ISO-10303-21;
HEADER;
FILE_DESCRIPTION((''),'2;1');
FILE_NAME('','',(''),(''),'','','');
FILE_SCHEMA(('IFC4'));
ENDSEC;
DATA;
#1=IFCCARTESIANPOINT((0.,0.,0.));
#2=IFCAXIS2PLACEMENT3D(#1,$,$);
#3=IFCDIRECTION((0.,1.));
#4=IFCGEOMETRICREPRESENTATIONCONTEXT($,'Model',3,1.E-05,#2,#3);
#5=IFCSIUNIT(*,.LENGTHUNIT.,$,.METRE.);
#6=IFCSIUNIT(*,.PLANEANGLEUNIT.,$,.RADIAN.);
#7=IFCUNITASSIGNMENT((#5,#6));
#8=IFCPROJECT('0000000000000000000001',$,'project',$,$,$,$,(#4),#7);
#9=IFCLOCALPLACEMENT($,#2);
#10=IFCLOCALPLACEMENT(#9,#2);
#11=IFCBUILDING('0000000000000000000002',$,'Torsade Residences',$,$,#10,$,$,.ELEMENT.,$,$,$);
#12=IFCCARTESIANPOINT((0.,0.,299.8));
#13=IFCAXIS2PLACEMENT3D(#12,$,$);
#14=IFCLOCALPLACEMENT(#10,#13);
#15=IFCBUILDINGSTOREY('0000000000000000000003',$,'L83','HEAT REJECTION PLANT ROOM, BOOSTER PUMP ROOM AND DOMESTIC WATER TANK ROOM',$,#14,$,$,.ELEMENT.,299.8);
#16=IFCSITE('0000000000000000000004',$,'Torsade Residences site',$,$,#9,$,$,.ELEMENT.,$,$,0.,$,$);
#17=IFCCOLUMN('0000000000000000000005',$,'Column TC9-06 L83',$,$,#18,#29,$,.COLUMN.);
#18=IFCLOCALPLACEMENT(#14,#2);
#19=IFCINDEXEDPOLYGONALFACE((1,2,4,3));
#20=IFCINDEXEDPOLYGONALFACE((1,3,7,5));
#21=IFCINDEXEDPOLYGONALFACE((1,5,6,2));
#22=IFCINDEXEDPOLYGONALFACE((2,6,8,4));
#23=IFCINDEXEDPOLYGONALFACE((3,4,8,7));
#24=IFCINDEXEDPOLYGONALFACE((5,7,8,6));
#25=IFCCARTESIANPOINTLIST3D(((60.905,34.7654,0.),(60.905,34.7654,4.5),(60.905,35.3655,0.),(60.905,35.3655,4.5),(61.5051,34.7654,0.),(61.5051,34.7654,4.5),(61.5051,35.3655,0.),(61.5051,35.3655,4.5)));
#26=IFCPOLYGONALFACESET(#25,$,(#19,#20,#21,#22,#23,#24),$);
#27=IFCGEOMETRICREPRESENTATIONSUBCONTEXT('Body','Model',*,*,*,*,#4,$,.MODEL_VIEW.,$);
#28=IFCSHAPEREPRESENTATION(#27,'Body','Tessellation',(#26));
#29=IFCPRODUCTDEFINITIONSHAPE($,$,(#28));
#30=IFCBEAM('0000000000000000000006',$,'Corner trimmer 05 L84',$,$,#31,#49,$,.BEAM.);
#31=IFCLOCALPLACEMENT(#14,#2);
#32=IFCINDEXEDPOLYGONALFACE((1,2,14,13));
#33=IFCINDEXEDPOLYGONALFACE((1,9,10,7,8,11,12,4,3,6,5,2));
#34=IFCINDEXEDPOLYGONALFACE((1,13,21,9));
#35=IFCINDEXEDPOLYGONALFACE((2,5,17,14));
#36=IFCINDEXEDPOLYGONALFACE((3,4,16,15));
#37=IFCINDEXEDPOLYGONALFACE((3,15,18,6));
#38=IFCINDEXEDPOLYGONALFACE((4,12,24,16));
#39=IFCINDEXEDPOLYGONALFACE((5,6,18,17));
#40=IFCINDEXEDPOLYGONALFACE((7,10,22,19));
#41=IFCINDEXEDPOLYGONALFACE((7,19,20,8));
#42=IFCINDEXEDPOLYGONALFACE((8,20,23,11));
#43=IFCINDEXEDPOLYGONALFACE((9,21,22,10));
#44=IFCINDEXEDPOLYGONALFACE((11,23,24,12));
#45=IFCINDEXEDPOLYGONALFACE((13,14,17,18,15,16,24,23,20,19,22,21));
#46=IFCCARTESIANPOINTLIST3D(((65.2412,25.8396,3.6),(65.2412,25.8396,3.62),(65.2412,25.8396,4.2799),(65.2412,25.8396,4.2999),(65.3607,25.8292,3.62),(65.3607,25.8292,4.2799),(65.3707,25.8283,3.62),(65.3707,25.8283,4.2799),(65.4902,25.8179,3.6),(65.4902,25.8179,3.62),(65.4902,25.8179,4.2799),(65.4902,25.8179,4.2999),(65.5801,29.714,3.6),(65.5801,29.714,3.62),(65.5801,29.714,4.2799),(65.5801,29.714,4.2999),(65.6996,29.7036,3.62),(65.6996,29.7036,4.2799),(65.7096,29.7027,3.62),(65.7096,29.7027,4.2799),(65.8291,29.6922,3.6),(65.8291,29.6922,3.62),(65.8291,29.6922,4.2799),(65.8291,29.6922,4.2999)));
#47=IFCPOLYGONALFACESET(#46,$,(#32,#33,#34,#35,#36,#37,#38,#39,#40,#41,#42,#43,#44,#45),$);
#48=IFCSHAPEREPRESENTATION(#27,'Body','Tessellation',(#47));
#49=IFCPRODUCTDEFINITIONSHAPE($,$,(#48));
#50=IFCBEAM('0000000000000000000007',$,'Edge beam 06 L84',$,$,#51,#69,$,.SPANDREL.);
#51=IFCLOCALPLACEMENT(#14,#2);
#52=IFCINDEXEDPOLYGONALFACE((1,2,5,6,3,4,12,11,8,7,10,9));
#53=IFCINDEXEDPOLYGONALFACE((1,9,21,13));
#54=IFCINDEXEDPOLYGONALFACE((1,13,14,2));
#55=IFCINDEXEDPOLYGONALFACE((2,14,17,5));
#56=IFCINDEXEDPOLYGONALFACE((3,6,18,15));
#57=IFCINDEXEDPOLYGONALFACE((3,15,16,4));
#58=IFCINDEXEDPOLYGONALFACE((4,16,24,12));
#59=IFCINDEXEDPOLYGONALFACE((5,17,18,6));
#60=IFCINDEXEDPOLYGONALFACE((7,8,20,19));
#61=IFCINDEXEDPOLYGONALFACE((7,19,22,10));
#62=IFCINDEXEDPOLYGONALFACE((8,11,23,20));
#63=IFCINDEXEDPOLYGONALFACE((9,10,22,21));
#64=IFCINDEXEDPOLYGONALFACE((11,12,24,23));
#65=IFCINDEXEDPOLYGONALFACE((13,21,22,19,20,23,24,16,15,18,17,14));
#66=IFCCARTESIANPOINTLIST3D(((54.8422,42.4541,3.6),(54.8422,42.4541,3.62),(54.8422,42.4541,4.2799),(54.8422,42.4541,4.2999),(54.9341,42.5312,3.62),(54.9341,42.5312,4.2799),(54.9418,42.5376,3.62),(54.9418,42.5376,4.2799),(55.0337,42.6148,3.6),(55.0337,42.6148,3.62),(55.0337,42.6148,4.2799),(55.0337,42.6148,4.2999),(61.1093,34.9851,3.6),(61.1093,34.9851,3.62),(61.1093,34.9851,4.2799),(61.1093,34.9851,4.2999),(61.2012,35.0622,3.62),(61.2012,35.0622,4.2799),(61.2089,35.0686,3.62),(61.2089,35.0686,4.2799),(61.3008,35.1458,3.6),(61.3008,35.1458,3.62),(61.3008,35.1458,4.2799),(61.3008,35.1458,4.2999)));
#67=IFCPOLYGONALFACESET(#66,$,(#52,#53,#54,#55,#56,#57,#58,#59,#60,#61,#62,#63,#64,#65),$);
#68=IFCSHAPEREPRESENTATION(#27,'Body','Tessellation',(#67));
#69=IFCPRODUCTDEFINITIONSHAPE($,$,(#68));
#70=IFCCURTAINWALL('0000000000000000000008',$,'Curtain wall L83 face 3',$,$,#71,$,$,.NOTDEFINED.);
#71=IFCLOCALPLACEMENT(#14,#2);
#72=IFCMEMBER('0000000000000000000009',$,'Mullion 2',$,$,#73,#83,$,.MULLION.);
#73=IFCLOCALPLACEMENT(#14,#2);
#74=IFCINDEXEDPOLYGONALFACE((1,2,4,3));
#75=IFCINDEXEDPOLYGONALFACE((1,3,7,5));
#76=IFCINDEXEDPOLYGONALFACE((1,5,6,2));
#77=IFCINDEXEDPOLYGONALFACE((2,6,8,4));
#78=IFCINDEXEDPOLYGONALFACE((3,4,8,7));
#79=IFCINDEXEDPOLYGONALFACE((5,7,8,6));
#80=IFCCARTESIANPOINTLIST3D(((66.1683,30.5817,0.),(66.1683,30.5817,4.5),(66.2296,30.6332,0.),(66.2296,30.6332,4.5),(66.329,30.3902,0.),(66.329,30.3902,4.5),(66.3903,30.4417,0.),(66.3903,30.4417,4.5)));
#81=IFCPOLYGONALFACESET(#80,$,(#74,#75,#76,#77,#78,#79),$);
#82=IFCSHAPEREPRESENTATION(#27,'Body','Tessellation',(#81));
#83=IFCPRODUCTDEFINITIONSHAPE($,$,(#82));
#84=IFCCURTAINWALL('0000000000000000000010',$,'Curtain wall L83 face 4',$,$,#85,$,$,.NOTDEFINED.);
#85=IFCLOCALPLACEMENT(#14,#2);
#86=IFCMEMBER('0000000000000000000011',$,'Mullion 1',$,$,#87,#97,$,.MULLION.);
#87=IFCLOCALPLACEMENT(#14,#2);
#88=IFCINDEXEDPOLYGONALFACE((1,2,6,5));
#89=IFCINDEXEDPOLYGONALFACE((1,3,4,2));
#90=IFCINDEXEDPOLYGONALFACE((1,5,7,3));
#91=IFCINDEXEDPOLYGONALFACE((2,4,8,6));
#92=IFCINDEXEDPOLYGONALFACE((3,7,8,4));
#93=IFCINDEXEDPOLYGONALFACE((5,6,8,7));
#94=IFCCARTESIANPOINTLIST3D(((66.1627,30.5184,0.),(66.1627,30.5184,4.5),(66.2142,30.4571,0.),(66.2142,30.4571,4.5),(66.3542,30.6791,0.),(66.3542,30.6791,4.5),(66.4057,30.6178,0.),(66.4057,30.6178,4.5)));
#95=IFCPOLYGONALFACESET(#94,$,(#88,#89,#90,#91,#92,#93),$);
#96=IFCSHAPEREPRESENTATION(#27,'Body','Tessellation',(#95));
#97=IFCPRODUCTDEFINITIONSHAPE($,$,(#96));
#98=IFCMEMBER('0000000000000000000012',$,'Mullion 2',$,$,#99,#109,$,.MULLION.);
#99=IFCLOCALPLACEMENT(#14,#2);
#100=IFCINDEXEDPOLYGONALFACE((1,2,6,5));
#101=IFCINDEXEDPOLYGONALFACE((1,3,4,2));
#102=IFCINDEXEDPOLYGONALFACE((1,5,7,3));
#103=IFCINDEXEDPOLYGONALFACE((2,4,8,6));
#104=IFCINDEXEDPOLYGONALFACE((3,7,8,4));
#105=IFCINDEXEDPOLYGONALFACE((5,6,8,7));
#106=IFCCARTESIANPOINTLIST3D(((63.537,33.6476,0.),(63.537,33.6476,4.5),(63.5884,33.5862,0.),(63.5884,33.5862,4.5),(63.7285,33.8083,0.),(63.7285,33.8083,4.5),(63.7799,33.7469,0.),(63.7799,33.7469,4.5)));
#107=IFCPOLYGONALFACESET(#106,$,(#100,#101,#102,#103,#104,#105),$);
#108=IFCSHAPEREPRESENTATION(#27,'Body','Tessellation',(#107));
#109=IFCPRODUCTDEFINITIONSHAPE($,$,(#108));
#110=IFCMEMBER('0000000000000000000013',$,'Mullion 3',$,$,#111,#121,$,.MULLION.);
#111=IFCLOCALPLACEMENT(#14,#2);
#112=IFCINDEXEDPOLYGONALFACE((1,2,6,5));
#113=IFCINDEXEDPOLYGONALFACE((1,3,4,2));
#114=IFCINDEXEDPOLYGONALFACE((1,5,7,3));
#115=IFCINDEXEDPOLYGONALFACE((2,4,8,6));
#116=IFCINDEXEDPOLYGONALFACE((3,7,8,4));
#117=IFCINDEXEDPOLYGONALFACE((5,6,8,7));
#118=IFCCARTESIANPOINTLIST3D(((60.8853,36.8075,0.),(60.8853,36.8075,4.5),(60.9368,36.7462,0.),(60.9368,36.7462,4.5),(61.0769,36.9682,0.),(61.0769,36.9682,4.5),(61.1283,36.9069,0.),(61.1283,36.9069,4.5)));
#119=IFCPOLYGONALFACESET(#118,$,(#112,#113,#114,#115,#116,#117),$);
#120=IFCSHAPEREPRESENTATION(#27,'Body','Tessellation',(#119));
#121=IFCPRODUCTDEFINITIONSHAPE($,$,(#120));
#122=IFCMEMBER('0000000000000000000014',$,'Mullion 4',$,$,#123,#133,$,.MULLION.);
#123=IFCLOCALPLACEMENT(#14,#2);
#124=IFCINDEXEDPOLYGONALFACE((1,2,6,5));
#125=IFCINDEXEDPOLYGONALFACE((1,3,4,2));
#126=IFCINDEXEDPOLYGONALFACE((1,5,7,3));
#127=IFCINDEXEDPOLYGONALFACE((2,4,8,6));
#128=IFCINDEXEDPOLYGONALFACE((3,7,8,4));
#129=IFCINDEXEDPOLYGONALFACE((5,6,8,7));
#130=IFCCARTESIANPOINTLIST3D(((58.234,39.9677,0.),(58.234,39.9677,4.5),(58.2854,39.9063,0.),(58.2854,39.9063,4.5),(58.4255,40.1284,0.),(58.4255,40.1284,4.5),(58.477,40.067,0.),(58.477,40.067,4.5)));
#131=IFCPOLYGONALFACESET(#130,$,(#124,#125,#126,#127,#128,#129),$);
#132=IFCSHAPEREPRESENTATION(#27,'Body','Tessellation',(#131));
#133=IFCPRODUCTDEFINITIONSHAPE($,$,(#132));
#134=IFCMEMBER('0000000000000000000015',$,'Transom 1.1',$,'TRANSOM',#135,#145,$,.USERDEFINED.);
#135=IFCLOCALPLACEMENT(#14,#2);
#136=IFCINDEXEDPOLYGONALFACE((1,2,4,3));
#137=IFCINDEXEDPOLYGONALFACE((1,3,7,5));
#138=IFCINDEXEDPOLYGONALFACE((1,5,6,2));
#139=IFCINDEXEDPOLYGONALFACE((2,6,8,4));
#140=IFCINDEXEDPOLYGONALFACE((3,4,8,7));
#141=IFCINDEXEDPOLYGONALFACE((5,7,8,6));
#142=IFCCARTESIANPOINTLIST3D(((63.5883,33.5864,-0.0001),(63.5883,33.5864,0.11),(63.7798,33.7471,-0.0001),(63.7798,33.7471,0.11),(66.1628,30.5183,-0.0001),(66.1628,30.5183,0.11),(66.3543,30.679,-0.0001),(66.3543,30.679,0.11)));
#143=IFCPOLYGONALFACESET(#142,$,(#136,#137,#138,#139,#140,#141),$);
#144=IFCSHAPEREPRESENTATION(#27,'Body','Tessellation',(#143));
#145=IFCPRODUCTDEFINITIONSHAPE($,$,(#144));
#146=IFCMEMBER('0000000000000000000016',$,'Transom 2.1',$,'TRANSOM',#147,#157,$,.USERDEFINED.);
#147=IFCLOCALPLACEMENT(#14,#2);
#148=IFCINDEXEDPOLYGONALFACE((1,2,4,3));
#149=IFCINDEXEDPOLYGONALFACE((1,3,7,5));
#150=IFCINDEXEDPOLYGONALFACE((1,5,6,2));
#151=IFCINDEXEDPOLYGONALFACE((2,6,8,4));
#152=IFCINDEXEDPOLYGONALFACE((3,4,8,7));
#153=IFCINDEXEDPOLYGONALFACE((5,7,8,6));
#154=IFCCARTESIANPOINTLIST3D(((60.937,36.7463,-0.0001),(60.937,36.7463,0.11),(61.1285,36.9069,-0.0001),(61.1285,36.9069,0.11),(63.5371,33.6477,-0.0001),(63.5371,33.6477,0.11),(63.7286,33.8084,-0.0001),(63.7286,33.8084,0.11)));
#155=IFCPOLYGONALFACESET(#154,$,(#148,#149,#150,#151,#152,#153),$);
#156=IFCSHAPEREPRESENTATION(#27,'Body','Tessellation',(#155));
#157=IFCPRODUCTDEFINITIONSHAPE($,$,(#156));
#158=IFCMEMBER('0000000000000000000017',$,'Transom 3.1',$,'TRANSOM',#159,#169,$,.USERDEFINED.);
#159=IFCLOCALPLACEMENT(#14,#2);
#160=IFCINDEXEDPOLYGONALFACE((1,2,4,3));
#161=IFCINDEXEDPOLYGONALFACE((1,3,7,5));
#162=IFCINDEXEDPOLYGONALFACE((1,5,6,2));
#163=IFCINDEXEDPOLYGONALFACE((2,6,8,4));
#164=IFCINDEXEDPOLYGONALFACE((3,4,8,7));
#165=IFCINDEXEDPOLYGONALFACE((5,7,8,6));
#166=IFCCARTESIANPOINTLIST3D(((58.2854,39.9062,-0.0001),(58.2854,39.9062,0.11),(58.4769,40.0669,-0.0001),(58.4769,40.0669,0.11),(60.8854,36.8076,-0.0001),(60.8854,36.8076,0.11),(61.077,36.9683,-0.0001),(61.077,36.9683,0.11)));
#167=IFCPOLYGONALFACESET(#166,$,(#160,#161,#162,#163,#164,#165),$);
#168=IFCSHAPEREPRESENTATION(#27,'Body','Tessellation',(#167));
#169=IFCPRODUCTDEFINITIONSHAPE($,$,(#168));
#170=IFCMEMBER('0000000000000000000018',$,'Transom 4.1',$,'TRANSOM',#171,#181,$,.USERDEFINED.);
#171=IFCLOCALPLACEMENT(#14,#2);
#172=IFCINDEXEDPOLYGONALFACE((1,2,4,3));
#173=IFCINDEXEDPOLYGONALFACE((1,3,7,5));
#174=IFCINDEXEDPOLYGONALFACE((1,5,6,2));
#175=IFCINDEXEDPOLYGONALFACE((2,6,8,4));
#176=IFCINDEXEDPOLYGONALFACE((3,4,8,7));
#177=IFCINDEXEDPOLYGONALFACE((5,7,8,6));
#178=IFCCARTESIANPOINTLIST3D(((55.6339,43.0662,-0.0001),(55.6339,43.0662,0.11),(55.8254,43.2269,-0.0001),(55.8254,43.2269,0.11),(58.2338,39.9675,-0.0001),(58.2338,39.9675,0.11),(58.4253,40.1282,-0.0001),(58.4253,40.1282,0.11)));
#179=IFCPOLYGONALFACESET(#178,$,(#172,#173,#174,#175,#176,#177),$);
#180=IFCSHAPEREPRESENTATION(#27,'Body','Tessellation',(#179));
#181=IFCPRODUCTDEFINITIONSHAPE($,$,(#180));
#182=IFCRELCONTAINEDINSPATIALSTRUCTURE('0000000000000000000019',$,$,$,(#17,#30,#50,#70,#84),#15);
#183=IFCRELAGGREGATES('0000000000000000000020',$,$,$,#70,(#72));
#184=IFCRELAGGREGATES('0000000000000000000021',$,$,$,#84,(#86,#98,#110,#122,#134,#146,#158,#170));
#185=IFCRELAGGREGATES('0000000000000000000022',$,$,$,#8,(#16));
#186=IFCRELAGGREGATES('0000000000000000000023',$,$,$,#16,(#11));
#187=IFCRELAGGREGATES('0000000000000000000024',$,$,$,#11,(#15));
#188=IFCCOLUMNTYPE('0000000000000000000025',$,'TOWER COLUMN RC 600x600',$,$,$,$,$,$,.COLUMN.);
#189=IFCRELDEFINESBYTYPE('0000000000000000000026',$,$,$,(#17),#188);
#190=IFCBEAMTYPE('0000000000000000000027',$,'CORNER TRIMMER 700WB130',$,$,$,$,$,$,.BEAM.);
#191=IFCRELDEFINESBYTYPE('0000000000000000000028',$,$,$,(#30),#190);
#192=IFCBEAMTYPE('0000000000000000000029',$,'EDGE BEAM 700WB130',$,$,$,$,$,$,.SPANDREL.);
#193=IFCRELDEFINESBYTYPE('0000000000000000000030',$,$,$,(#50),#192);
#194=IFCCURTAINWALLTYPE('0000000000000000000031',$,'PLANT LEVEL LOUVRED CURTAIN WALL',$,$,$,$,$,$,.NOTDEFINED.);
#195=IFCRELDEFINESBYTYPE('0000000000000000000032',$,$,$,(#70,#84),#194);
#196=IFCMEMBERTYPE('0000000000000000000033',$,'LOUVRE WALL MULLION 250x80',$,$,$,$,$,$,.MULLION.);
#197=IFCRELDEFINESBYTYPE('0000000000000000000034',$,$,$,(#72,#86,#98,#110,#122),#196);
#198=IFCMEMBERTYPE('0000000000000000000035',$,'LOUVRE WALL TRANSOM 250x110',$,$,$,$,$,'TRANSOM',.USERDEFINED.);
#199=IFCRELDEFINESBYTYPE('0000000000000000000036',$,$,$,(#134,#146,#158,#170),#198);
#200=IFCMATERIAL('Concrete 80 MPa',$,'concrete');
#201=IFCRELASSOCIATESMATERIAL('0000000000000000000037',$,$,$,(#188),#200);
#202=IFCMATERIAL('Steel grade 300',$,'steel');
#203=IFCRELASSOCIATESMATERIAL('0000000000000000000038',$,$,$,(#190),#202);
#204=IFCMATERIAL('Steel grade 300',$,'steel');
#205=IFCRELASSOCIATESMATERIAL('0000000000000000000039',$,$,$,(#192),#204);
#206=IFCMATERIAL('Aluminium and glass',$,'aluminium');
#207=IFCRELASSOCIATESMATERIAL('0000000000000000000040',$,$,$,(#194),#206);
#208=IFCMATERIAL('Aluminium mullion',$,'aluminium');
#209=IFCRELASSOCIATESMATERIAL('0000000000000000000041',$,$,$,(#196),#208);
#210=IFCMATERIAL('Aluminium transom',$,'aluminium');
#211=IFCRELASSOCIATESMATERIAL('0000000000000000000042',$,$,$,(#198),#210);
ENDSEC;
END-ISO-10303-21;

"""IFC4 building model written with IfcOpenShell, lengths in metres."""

from ifc_helpers import new_model, si_unit, direction, frame, origin, origin_2d, place, context, subcontext, project, spatial, rectangle, i_section, extrude, material, material_profile, profile_set, type_object, element, aggregate, save


model = new_model("IFC4")

# Units and contexts
model_context = context("Model", 3, precision=1e-05, world=origin(), true_north=direction((0.0, 1.0)))
body_context = subcontext(model_context, "Body", "Model", "MODEL_VIEW")
ifc_project = project(units=[si_unit("LENGTHUNIT", "METRE"), si_unit("PLANEANGLEUNIT", "RADIAN")], contexts=[model_context])

# Site, building, storey
site_placement = place(None, origin())
site = spatial("IfcSite", under=ifc_project, at=site_placement, Name="Torsade Residences site", CompositionType="ELEMENT", RefElevation=0.0)
building_placement = place(site_placement, origin())
building = spatial("IfcBuilding", under=site, at=building_placement, Name="Torsade Residences", CompositionType="ELEMENT")
storey_placement = place(building_placement, frame((0.0, 0.0, 299.8)))
storey = spatial("IfcBuildingStorey", under=building, at=storey_placement, Name="L83", Description="HEAT REJECTION PLANT ROOM, BOOSTER PUMP ROOM AND DOMESTIC WATER TANK ROOM", CompositionType="ELEMENT", Elevation=299.8)

# Column
ifc_material_1 = material(Name="Concrete 80 MPa", Category="concrete")
ifc_material_profile_1 = material_profile(ifc_material_1, rectangle(XDim=0.6001, YDim=0.6001, at=origin_2d()), Name="RC 600x600")
ifc_profile_set_1 = profile_set([ifc_material_profile_1], Name="Concrete 80 MPa")
column_type = type_object("IfcColumnType", Name="TOWER COLUMN RC 600x600", PredefinedType="COLUMN", material=ifc_profile_set_1)
column_placement = place(storey_placement, frame((61.2051, 35.0654, 0.0), z_axis=(0.0, 0.0, 1.0), x_axis=(1.0, 0.0, 0.0)))
element("IfcColumn", 1, at=column_placement, inside=storey, type_object=column_type, Name="Column TC9-06 L83", PredefinedType="COLUMN", context=body_context, shape_type="SweptSolid", body=[
    extrude(rectangle(XDim=0.6001, YDim=0.6001, at=origin_2d()), origin(), (0.0, 0.0, 1.0), 4.5),
])

# Beams
ifc_material_2 = material(Name="Steel grade 300", Category="steel")
ifc_material_profile_2 = material_profile(ifc_material_2, i_section(OverallWidth=0.25, OverallDepth=0.7, WebThickness=0.01, FlangeThickness=0.02, at=origin_2d()), Name="700WB130")
ifc_profile_set_2 = profile_set([ifc_material_profile_2], Name="Steel grade 300")
beam_type_1 = type_object("IfcBeamType", Name="CORNER TRIMMER 700WB130", PredefinedType="BEAM", material=ifc_profile_set_2)
beam_1_placement = place(storey_placement, frame((65.7046, 29.7031, 3.95), z_axis=(-0.087133, -0.996197, 0.0), x_axis=(0.996197, -0.087133, 0.0)))
element("IfcBeam", 2, at=beam_1_placement, inside=storey, type_object=beam_type_1, Name="Corner trimmer 05 L84", PredefinedType="BEAM", context=body_context, shape_type="SweptSolid", body=[
    extrude(i_section(OverallWidth=0.25, OverallDepth=0.7, WebThickness=0.01, FlangeThickness=0.02, at=origin_2d()), origin(), (0.0, 0.0, 1.0), 3.8892),
])
ifc_material_3 = material(Name="Steel grade 300", Category="steel")
ifc_material_profile_3 = material_profile(ifc_material_3, i_section(OverallWidth=0.25, OverallDepth=0.7, WebThickness=0.01, FlangeThickness=0.02, at=origin_2d()), Name="700WB130")
ifc_profile_set_3 = profile_set([ifc_material_profile_3], Name="Steel grade 300")
beam_type_2 = type_object("IfcBeamType", Name="EDGE BEAM 700WB130", PredefinedType="SPANDREL", material=ifc_profile_set_3)
beam_2_placement = place(storey_placement, frame((61.2051, 35.0654, 3.95), z_axis=(-0.642779, 0.766052, 0.0), x_axis=(-0.766052, -0.642779, 0.0)))
element("IfcBeam", 3, at=beam_2_placement, inside=storey, type_object=beam_type_2, Name="Edge beam 06 L84", PredefinedType="SPANDREL", context=body_context, shape_type="SweptSolid", body=[
    extrude(i_section(OverallWidth=0.25, OverallDepth=0.7, WebThickness=0.01, FlangeThickness=0.02, at=origin_2d()), origin(), (0.0, 0.0, 1.0), 9.75),
])

# Curtain wall, member
ifc_material_4 = material(Name="Aluminium and glass", Category="aluminium")
curtain_wall_type = type_object("IfcCurtainWallType", Name="PLANT LEVEL LOUVRED CURTAIN WALL", PredefinedType="NOTDEFINED", material=ifc_material_4)
curtain_wall_1_placement = place(storey_placement, origin())
curtain_wall_1 = element("IfcCurtainWall", 4, at=curtain_wall_1_placement, inside=storey, type_object=curtain_wall_type, Name="Curtain wall L83 face 3", PredefinedType="NOTDEFINED")
ifc_material_5 = material(Name="Aluminium mullion", Category="aluminium")
ifc_material_profile_4 = material_profile(ifc_material_5, rectangle(XDim=0.25, YDim=0.0801, at=origin_2d()), Name="LOUVRE WALL MULLION 250x80")
ifc_profile_set_4 = profile_set([ifc_material_profile_4], Name="Aluminium mullion")
member_type_1 = type_object("IfcMemberType", Name="LOUVRE WALL MULLION 250x80", PredefinedType="MULLION", material=ifc_profile_set_4)
member_1_placement = place(storey_placement, frame((66.2793, 30.5117, 0.0), z_axis=(0.0, 0.0, 1.0), x_axis=(-0.642788, 0.766044, 0.0)))
member_1 = element("IfcMember", 5, at=member_1_placement, type_object=member_type_1, Name="Mullion 2", PredefinedType="MULLION", context=body_context, shape_type="SweptSolid", body=[
    extrude(rectangle(XDim=0.25, YDim=0.0801, at=origin_2d()), origin(), (0.0, 0.0, 1.0), 4.5),
])

# Curtain wall, members
curtain_wall_2_placement = place(storey_placement, origin())
curtain_wall_2 = element("IfcCurtainWall", 6, at=curtain_wall_2_placement, inside=storey, type_object=curtain_wall_type, Name="Curtain wall L83 face 4", PredefinedType="NOTDEFINED")
member_2_placement = place(storey_placement, frame((66.2842, 30.5681, 0.0), z_axis=(0.0, 0.0, 1.0), x_axis=(-0.766044, -0.642788, 0.0)))
member_2 = element("IfcMember", 7, at=member_2_placement, type_object=member_type_1, Name="Mullion 1", PredefinedType="MULLION", context=body_context, shape_type="SweptSolid", body=[
    extrude(rectangle(XDim=0.25, YDim=0.0801, at=origin_2d()), origin(), (0.0, 0.0, 1.0), 4.5),
])
member_3_placement = place(storey_placement, frame((63.6584, 33.6973, 0.0), z_axis=(0.0, 0.0, 1.0), x_axis=(-0.766044, -0.642788, 0.0)))
member_3 = element("IfcMember", 8, at=member_3_placement, type_object=member_type_1, Name="Mullion 2", PredefinedType="MULLION", context=body_context, shape_type="SweptSolid", body=[
    extrude(rectangle(XDim=0.25, YDim=0.0801, at=origin_2d()), origin(), (0.0, 0.0, 1.0), 4.5),
])
member_4_placement = place(storey_placement, frame((61.0068, 36.8572, 0.0), z_axis=(0.0, 0.0, 1.0), x_axis=(-0.766044, -0.642788, 0.0)))
member_4 = element("IfcMember", 9, at=member_4_placement, type_object=member_type_1, Name="Mullion 3", PredefinedType="MULLION", context=body_context, shape_type="SweptSolid", body=[
    extrude(rectangle(XDim=0.25, YDim=0.0801, at=origin_2d()), origin(), (0.0, 0.0, 1.0), 4.5),
])
member_5_placement = place(storey_placement, frame((58.3555, 40.0173, 0.0), z_axis=(0.0, 0.0, 1.0), x_axis=(-0.766044, -0.642788, 0.0)))
member_5 = element("IfcMember", 10, at=member_5_placement, type_object=member_type_1, Name="Mullion 4", PredefinedType="MULLION", context=body_context, shape_type="SweptSolid", body=[
    extrude(rectangle(XDim=0.25, YDim=0.0801, at=origin_2d()), origin(), (0.0, 0.0, 1.0), 4.5),
])
ifc_material_6 = material(Name="Aluminium transom", Category="aluminium")
ifc_material_profile_5 = material_profile(ifc_material_6, rectangle(XDim=0.25, YDim=0.1101, at=origin_2d()), Name="LOUVRE WALL TRANSOM 250x110")
ifc_profile_set_5 = profile_set([ifc_material_profile_5], Name="Aluminium transom")
member_type_2 = type_object("IfcMemberType", Name="LOUVRE WALL TRANSOM 250x110", ElementType="TRANSOM", PredefinedType="USERDEFINED", material=ifc_profile_set_5)
member_6_placement = place(storey_placement, frame((66.2585, 30.5986, 0.0549), z_axis=(-0.642789, 0.766043, 0.0), x_axis=(-0.766043, -0.642789, 0.0)))
member_6 = element("IfcMember", 11, at=member_6_placement, type_object=member_type_2, Name="Transom 1.1", ObjectType="TRANSOM", PredefinedType="USERDEFINED", context=body_context, shape_type="SweptSolid", body=[
    extrude(rectangle(XDim=0.25, YDim=0.1101, at=origin_2d()), origin(), (0.0, 0.0, 1.0), 4.0051),
])
member_7_placement = place(storey_placement, frame((63.6328, 33.728, 0.0549), z_axis=(-0.642793, 0.76604, 0.0), x_axis=(-0.76604, -0.642793, 0.0)))
member_7 = element("IfcMember", 12, at=member_7_placement, type_object=member_type_2, Name="Transom 2.1", ObjectType="TRANSOM", PredefinedType="USERDEFINED", context=body_context, shape_type="SweptSolid", body=[
    extrude(rectangle(XDim=0.25, YDim=0.1101, at=origin_2d()), origin(), (0.0, 0.0, 1.0), 4.0449),
])
member_8_placement = place(storey_placement, frame((60.9812, 36.8879, 0.0549), z_axis=(-0.642793, 0.76604, 0.0), x_axis=(-0.76604, -0.642793, 0.0)))
member_8 = element("IfcMember", 13, at=member_8_placement, type_object=member_type_2, Name="Transom 3.1", ObjectType="TRANSOM", PredefinedType="USERDEFINED", context=body_context, shape_type="SweptSolid", body=[
    extrude(rectangle(XDim=0.25, YDim=0.1101, at=origin_2d()), origin(), (0.0, 0.0, 1.0), 4.0449),
])
member_9_placement = place(storey_placement, frame((58.3296, 40.0479, 0.0549), z_axis=(-0.642757, 0.76607, 0.0), x_axis=(-0.76607, -0.642757, 0.0)))
member_9 = element("IfcMember", 14, at=member_9_placement, type_object=member_type_2, Name="Transom 4.1", ObjectType="TRANSOM", PredefinedType="USERDEFINED", context=body_context, shape_type="SweptSolid", body=[
    extrude(rectangle(XDim=0.25, YDim=0.1101, at=origin_2d()), origin(), (0.0, 0.0, 1.0), 4.0449),
])

aggregate(curtain_wall_1, [member_1])
aggregate(curtain_wall_2, [member_2, member_3, member_4, member_5, member_6, member_7, member_8, member_9])

save(model, "model.ifc")
